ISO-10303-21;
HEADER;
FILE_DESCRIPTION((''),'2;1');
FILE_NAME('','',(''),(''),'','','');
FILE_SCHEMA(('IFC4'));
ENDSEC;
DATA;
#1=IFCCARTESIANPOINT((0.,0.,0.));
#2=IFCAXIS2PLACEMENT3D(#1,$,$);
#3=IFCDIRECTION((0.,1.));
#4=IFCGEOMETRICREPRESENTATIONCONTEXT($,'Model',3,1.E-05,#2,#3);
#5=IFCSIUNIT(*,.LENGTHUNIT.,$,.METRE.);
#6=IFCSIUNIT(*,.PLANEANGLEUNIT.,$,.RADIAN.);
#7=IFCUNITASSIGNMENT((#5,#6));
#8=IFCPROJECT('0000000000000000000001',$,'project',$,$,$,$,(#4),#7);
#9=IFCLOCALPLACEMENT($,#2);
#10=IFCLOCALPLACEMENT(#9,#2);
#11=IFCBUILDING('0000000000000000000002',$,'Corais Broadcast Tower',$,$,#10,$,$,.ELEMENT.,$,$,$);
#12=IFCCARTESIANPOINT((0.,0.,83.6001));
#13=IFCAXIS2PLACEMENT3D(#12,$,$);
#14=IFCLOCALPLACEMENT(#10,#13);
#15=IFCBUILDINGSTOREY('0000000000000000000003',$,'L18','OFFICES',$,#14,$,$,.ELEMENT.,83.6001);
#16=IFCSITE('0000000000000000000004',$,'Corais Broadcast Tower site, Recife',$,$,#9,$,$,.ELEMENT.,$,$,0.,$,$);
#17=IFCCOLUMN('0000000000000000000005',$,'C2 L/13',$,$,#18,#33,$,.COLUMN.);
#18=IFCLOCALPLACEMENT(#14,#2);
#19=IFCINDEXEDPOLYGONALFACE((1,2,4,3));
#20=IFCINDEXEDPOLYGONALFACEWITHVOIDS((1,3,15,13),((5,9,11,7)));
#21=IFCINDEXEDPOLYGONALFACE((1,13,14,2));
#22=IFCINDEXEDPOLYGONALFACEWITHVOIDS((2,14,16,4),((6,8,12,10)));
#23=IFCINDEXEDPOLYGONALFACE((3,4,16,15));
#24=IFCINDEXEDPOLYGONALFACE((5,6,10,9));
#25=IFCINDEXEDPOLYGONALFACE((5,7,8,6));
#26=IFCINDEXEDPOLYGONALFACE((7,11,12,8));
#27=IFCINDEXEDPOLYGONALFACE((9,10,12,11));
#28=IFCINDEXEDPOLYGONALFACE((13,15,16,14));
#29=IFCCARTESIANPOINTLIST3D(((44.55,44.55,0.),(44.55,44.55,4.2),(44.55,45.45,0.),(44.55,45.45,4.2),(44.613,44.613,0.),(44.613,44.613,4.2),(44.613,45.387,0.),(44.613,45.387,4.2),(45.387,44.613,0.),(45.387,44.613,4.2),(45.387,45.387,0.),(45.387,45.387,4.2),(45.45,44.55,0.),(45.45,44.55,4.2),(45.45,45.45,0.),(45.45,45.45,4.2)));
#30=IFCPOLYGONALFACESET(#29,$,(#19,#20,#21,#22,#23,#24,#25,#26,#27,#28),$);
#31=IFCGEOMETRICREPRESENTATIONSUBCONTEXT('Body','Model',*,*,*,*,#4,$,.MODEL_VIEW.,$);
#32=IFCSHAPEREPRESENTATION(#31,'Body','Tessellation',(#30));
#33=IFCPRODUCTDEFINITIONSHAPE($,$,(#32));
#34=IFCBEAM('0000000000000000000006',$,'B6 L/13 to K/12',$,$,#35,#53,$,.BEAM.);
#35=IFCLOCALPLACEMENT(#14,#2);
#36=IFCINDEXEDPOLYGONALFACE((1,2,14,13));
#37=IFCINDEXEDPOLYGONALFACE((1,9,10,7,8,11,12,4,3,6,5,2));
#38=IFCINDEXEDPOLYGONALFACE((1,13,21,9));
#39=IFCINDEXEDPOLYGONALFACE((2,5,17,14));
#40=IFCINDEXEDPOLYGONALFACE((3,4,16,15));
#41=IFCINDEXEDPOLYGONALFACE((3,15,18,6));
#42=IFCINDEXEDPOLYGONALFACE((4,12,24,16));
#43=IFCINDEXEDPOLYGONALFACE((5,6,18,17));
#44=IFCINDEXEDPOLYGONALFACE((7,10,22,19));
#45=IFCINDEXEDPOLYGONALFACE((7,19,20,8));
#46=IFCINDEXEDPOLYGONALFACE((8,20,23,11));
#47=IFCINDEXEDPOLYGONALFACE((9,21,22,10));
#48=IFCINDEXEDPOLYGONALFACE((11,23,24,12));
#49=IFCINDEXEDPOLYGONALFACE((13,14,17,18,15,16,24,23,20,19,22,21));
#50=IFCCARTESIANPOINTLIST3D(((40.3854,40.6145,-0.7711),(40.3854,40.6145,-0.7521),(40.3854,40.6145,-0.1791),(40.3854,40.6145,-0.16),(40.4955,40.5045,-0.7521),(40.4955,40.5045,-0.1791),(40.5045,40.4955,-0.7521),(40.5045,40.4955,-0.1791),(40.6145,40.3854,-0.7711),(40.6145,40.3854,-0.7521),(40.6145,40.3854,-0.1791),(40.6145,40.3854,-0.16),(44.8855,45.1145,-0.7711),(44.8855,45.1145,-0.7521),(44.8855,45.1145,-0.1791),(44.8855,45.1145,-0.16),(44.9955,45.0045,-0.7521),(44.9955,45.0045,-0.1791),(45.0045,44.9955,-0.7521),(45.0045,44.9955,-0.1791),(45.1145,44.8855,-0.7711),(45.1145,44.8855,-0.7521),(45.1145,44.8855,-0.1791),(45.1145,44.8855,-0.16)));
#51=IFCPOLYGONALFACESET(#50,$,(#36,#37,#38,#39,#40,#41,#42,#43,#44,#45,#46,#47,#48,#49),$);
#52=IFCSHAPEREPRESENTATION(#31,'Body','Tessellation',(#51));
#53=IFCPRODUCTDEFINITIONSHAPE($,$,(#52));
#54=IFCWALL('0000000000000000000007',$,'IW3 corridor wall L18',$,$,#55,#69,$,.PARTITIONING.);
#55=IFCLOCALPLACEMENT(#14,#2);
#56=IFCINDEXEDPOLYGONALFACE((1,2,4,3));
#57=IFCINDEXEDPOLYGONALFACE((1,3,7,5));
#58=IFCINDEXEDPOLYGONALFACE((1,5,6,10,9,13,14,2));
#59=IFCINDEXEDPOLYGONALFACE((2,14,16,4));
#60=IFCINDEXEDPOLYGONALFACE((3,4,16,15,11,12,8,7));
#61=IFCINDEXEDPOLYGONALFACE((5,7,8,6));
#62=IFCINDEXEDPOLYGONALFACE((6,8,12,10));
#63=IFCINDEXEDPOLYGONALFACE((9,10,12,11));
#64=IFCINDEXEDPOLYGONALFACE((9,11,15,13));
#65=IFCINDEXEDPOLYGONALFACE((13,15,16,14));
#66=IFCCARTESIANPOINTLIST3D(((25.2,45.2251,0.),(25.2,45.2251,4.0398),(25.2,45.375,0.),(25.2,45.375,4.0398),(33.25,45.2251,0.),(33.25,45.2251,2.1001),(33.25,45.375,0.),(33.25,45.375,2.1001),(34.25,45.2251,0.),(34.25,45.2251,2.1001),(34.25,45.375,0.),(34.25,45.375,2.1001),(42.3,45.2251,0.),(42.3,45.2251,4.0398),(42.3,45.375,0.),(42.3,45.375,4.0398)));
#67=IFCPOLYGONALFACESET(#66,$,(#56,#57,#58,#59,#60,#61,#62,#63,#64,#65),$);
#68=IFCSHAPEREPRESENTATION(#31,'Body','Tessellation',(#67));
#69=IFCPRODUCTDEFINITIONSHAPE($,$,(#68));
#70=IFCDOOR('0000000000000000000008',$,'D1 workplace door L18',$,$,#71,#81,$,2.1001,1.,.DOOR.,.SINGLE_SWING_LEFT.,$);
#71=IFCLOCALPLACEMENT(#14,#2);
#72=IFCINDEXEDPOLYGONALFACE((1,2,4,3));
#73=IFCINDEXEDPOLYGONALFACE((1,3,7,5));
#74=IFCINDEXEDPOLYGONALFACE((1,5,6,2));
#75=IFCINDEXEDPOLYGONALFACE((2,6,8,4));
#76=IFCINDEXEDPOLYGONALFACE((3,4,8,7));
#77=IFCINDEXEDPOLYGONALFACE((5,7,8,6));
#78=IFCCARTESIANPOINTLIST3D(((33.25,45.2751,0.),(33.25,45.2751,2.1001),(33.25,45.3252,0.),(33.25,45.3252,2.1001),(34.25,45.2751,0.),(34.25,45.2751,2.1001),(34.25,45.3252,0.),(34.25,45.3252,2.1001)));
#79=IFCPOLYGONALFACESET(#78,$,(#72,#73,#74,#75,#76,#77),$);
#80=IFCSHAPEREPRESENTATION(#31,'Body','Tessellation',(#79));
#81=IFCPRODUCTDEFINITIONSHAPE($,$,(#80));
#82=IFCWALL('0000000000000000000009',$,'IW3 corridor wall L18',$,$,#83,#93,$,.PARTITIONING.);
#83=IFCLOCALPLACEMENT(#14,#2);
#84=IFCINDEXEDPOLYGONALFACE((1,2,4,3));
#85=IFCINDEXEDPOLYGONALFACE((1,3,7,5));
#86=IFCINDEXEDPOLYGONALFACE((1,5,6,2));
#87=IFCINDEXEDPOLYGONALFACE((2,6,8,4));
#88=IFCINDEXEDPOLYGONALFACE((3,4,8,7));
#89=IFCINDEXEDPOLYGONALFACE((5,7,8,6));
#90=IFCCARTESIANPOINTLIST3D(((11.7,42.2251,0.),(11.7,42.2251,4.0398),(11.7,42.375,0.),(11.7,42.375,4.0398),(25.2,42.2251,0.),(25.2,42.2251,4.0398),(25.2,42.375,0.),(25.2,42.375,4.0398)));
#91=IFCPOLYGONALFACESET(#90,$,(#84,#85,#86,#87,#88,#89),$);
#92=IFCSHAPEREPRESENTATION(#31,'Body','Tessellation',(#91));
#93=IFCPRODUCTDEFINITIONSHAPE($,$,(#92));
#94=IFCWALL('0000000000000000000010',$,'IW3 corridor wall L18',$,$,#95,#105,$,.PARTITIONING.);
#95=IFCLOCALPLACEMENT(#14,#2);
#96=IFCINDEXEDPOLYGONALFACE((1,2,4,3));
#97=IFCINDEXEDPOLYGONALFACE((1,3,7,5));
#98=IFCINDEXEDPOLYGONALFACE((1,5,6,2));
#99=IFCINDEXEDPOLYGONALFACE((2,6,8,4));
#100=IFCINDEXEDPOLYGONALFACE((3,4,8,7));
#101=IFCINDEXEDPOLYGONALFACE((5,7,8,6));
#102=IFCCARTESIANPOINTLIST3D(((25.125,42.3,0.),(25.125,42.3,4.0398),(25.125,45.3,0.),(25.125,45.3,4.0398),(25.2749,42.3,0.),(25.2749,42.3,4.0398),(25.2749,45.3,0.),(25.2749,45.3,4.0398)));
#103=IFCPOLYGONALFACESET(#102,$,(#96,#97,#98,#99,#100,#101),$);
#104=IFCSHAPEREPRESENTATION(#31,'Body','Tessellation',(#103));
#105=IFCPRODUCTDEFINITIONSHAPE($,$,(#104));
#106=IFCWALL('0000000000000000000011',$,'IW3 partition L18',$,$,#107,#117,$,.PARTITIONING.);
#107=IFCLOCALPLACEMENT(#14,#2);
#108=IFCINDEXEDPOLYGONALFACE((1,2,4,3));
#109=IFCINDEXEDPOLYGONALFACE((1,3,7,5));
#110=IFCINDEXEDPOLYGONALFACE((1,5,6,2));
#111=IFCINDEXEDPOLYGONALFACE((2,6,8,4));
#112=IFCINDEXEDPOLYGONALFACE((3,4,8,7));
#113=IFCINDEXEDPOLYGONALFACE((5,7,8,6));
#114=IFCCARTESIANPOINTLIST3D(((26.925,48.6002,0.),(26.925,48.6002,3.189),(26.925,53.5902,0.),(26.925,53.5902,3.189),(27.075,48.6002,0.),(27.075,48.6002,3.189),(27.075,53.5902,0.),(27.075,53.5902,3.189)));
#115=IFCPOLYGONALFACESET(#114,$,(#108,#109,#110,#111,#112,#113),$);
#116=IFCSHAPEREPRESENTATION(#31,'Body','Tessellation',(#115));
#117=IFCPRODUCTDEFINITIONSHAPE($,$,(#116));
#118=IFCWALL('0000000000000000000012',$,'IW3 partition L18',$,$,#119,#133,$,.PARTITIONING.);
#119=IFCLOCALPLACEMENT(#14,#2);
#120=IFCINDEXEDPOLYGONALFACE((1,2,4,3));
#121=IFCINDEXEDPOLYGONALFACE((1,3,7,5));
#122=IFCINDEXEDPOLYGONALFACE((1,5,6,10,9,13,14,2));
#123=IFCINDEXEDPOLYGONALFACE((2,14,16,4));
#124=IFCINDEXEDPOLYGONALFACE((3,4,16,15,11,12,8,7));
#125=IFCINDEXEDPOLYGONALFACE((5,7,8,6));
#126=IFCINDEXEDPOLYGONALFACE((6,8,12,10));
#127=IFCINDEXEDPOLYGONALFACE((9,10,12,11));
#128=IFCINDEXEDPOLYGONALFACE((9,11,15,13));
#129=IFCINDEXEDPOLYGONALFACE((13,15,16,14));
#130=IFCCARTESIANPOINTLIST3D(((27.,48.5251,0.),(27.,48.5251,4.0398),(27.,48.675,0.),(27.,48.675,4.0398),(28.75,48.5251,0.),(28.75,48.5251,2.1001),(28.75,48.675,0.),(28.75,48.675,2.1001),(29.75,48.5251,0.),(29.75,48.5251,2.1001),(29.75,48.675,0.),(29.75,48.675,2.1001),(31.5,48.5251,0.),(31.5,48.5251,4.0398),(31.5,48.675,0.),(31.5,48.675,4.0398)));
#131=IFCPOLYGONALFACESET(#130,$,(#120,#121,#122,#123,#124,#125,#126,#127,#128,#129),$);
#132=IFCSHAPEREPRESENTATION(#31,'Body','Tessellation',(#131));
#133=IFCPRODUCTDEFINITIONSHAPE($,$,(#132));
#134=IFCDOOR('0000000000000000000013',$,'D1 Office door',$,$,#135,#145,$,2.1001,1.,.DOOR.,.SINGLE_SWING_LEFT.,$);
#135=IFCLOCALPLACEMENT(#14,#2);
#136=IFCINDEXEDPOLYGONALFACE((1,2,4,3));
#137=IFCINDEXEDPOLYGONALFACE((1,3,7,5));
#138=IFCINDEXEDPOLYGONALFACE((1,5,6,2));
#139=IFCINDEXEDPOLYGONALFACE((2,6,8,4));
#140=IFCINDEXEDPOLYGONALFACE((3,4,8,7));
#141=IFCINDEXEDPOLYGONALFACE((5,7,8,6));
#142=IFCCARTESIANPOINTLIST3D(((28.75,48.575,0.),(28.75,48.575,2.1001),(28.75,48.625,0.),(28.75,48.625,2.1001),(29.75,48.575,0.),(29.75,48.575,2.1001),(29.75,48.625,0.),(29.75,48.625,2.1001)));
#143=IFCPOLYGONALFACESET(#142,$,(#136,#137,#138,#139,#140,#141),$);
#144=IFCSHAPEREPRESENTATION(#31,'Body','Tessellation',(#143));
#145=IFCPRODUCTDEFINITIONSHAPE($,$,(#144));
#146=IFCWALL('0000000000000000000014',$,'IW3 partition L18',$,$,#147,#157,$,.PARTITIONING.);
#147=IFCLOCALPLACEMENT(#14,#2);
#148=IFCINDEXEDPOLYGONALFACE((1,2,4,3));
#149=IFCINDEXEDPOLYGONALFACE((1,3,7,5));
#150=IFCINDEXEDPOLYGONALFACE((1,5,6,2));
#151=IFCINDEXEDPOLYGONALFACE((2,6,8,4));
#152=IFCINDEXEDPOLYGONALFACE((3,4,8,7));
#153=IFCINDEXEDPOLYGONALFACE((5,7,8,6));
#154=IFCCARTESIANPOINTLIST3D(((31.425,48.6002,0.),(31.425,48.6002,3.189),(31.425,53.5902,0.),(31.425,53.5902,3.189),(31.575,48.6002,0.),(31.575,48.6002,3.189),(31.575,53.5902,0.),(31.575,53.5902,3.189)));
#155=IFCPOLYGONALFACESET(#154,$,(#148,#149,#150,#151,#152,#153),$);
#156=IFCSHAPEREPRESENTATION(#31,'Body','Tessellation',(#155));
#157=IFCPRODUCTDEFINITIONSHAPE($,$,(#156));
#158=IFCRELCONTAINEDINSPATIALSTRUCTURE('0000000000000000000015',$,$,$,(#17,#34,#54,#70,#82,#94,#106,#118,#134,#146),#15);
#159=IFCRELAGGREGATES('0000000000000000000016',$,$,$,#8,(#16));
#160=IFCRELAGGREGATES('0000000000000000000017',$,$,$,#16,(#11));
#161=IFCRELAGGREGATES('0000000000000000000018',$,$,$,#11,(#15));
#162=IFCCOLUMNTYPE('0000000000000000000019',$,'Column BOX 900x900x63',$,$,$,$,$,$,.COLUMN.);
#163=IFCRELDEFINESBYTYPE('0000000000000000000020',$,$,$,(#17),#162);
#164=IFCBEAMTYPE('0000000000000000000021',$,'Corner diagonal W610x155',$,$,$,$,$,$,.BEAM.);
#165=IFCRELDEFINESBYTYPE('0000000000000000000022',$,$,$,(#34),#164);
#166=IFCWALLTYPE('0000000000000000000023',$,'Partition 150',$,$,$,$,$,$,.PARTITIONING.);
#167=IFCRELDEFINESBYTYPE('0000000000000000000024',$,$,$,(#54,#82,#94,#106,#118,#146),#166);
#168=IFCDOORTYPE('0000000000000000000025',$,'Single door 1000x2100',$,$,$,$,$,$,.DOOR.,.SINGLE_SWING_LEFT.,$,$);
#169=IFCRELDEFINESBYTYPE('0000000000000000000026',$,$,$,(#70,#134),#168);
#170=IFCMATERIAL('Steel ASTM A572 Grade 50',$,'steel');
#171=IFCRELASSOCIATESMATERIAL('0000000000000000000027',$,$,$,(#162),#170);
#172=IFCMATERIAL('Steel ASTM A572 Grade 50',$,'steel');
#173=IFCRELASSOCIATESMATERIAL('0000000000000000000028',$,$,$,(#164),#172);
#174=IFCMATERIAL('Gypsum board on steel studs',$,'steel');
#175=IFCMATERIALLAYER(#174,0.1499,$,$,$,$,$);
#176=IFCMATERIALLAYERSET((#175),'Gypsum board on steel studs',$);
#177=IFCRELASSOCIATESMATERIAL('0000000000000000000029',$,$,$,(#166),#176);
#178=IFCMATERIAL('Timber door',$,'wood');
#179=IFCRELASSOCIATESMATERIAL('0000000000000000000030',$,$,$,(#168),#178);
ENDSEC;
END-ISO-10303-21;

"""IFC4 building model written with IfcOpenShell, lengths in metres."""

from ifc_helpers import new_model, si_unit, direction, frame, frame_2d, origin, origin_2d, place, context, subcontext, project, spatial, rectangle, hollow_rectangle, i_section, extrude, material, layer, layer_set, material_profile, profile_set, type_object, element, fill, save


model = new_model("IFC4")

# Units and contexts
model_context = context("Model", 3, precision=1e-05, world=origin(), true_north=direction((0.0, 1.0)))
body_context = subcontext(model_context, "Body", "Model", "MODEL_VIEW")
ifc_project = project(units=[si_unit("LENGTHUNIT", "METRE"), si_unit("PLANEANGLEUNIT", "RADIAN")], contexts=[model_context])

# Site, building, storey
site_placement = place(None, origin())
site = spatial("IfcSite", under=ifc_project, at=site_placement, Name="Corais Broadcast Tower site, Recife", CompositionType="ELEMENT", RefElevation=0.0)
building_placement = place(site_placement, origin())
building = spatial("IfcBuilding", under=site, at=building_placement, Name="Corais Broadcast Tower", CompositionType="ELEMENT")
storey_placement = place(building_placement, frame((0.0, 0.0, 83.6001)))
storey = spatial("IfcBuildingStorey", under=building, at=storey_placement, Name="L18", Description="OFFICES", CompositionType="ELEMENT", Elevation=83.6001)

# Column
ifc_material_1 = material(Name="Steel ASTM A572 Grade 50", Category="steel")
ifc_material_profile_1 = material_profile(ifc_material_1, hollow_rectangle(XDim=0.8999, YDim=0.8999, WallThickness=0.063, at=origin_2d()), Name="BOX 900x900x63")
ifc_profile_set_1 = profile_set([ifc_material_profile_1], Name="Steel ASTM A572 Grade 50")
column_type = type_object("IfcColumnType", Name="Column BOX 900x900x63", PredefinedType="COLUMN", material=ifc_profile_set_1)
column_placement = place(storey_placement, frame((45.0, 45.0, 0.0), z_axis=(0.0, 0.0, 1.0), x_axis=(1.0, 0.0, 0.0)))
element("IfcColumn", 1, at=column_placement, inside=storey, type_object=column_type, Name="C2 L/13", PredefinedType="COLUMN", context=body_context, shape_type="SweptSolid", body=[
    extrude(hollow_rectangle(XDim=0.8999, YDim=0.8999, WallThickness=0.063, at=origin_2d()), origin(), (0.0, 0.0, 1.0), 4.2),
])

# Beam
ifc_material_2 = material(Name="Steel ASTM A572 Grade 50", Category="steel")
ifc_material_profile_2 = material_profile(ifc_material_2, i_section(OverallWidth=0.324, OverallDepth=0.6111, WebThickness=0.0127, FlangeThickness=0.019, at=origin_2d()), Name="W610x155")
ifc_profile_set_2 = profile_set([ifc_material_profile_2], Name="Steel ASTM A572 Grade 50")
beam_type = type_object("IfcBeamType", Name="Corner diagonal W610x155", PredefinedType="BEAM", material=ifc_profile_set_2)
beam_placement = place(storey_placement, frame((45.0, 45.0, -0.4656), z_axis=(-0.707107, -0.707107, 0.0), x_axis=(0.707107, -0.707107, 0.0)))
element("IfcBeam", 2, at=beam_placement, inside=storey, type_object=beam_type, Name="B6 L/13 to K/12", PredefinedType="BEAM", context=body_context, shape_type="SweptSolid", body=[
    extrude(i_section(OverallWidth=0.324, OverallDepth=0.6111, WebThickness=0.0127, FlangeThickness=0.019, at=origin_2d()), origin(), (0.0, 0.0, 1.0), 6.364),
])

# Wall, opening, door
ifc_material_3 = material(Name="Gypsum board on steel studs", Category="steel")
ifc_layer = layer(ifc_material_3, 0.1499)
ifc_layer_set = layer_set([ifc_layer], Name="Gypsum board on steel studs")
wall_type = type_object("IfcWallType", Name="Partition 150", PredefinedType="PARTITIONING", material=ifc_layer_set)
wall_1_placement = place(storey_placement, frame((42.3, 45.3, 0.0), z_axis=(0.0, 0.0, 1.0), x_axis=(-1.0, 0.0, 0.0)))
wall_1 = element("IfcWall", 3, at=wall_1_placement, inside=storey, type_object=wall_type, Name="IW3 corridor wall L18", PredefinedType="PARTITIONING", context=body_context, shape_type="SweptSolid", body=[
    extrude(rectangle(XDim=17.1001, YDim=0.1499, at=frame_2d((8.55, 0.0))), origin(), (0.0, 0.0, 1.0), 4.0398),
])
opening_1_placement = place(wall_1_placement, frame((8.05, 0.0, 0.0)))
opening_1 = element("IfcOpeningElement", 4, at=opening_1_placement, cuts=wall_1, PredefinedType="OPENING", context=body_context, shape_type="SweptSolid", body=[
    extrude(rectangle(XDim=1.0, YDim=2.1001, at=frame_2d((0.5, 1.05))), frame((0.0, 0.085, 0.0), z_axis=(0.0, -1.0, 0.0), x_axis=(1.0, 0.0, 0.0)), (0.0, 0.0, 1.0), 0.1699),
])
ifc_material_4 = material(Name="Timber door", Category="wood")
door_type = type_object("IfcDoorType", Name="Single door 1000x2100", OperationType="SINGLE_SWING_LEFT", PredefinedType="DOOR", material=ifc_material_4)
door_1_placement = place(opening_1_placement, origin())
door_1 = element("IfcDoor", 5, at=door_1_placement, inside=storey, type_object=door_type, Name="D1 workplace door L18", OperationType="SINGLE_SWING_LEFT", OverallHeight=2.1001, OverallWidth=1.0, PredefinedType="DOOR", context=body_context, shape_type="SweptSolid", body=[
    extrude(rectangle(XDim=1.0, YDim=2.1001, at=frame_2d((0.5, 1.05))), frame((0.0, 0.0249, 0.0), z_axis=(0.0, -1.0, 0.0), x_axis=(1.0, 0.0, 0.0)), (0.0, 0.0, 1.0), 0.05),
])
fill(opening_1, door_1)

# Walls
wall_2_placement = place(storey_placement, frame((25.2, 42.3, 0.0), z_axis=(0.0, 0.0, 1.0), x_axis=(-1.0, 0.0, 0.0)))
element("IfcWall", 6, at=wall_2_placement, inside=storey, type_object=wall_type, Name="IW3 corridor wall L18", PredefinedType="PARTITIONING", context=body_context, shape_type="SweptSolid", body=[
    extrude(rectangle(XDim=13.5, YDim=0.1499, at=frame_2d((6.75, 0.0))), origin(), (0.0, 0.0, 1.0), 4.0398),
])
wall_3_placement = place(storey_placement, frame((25.2, 45.3, 0.0), z_axis=(0.0, 0.0, 1.0), x_axis=(0.0, -1.0, 0.0)))
element("IfcWall", 7, at=wall_3_placement, inside=storey, type_object=wall_type, Name="IW3 corridor wall L18", PredefinedType="PARTITIONING", context=body_context, shape_type="SweptSolid", body=[
    extrude(rectangle(XDim=3.0, YDim=0.1499, at=frame_2d((1.5, 0.0))), origin(), (0.0, 0.0, 1.0), 4.0398),
])
wall_4_placement = place(storey_placement, frame((27.0, 48.6001, 0.0), z_axis=(0.0, 0.0, 1.0), x_axis=(0.0, 1.0, 0.0)))
element("IfcWall", 8, at=wall_4_placement, inside=storey, type_object=wall_type, Name="IW3 partition L18", PredefinedType="PARTITIONING", context=body_context, shape_type="SweptSolid", body=[
    extrude(rectangle(XDim=4.99, YDim=0.1499, at=frame_2d((2.4951, 0.0))), origin(), (0.0, 0.0, 1.0), 3.189),
])

# Wall, opening, door
wall_5_placement = place(storey_placement, frame((27.0, 48.6001, 0.0), z_axis=(0.0, 0.0, 1.0), x_axis=(1.0, 0.0, 0.0)))
wall_5 = element("IfcWall", 9, at=wall_5_placement, inside=storey, type_object=wall_type, Name="IW3 partition L18", PredefinedType="PARTITIONING", context=body_context, shape_type="SweptSolid", body=[
    extrude(rectangle(XDim=4.5, YDim=0.1499, at=frame_2d((2.25, 0.0))), origin(), (0.0, 0.0, 1.0), 4.0398),
])
opening_2_placement = place(wall_5_placement, frame((1.75, 0.0, 0.0)))
opening_2 = element("IfcOpeningElement", 10, at=opening_2_placement, cuts=wall_5, PredefinedType="OPENING", context=body_context, shape_type="SweptSolid", body=[
    extrude(rectangle(XDim=1.0, YDim=2.1001, at=frame_2d((0.5, 1.05))), frame((0.0, 0.085, 0.0), z_axis=(0.0, -1.0, 0.0), x_axis=(1.0, 0.0, 0.0)), (0.0, 0.0, 1.0), 0.1699),
])
door_2_placement = place(opening_2_placement, origin())
door_2 = element("IfcDoor", 11, at=door_2_placement, inside=storey, type_object=door_type, Name="D1 Office door", OperationType="SINGLE_SWING_LEFT", OverallHeight=2.1001, OverallWidth=1.0, PredefinedType="DOOR", context=body_context, shape_type="SweptSolid", body=[
    extrude(rectangle(XDim=1.0, YDim=2.1001, at=frame_2d((0.5, 1.05))), frame((0.0, 0.0249, 0.0), z_axis=(0.0, -1.0, 0.0), x_axis=(1.0, 0.0, 0.0)), (0.0, 0.0, 1.0), 0.05),
])
fill(opening_2, door_2)

# Wall
wall_6_placement = place(storey_placement, frame((31.5, 48.6001, 0.0), z_axis=(0.0, 0.0, 1.0), x_axis=(0.0, 1.0, 0.0)))
element("IfcWall", 12, at=wall_6_placement, inside=storey, type_object=wall_type, Name="IW3 partition L18", PredefinedType="PARTITIONING", context=body_context, shape_type="SweptSolid", body=[
    extrude(rectangle(XDim=4.99, YDim=0.1499, at=frame_2d((2.4951, 0.0))), origin(), (0.0, 0.0, 1.0), 3.189),
])

save(model, "model.ifc")
